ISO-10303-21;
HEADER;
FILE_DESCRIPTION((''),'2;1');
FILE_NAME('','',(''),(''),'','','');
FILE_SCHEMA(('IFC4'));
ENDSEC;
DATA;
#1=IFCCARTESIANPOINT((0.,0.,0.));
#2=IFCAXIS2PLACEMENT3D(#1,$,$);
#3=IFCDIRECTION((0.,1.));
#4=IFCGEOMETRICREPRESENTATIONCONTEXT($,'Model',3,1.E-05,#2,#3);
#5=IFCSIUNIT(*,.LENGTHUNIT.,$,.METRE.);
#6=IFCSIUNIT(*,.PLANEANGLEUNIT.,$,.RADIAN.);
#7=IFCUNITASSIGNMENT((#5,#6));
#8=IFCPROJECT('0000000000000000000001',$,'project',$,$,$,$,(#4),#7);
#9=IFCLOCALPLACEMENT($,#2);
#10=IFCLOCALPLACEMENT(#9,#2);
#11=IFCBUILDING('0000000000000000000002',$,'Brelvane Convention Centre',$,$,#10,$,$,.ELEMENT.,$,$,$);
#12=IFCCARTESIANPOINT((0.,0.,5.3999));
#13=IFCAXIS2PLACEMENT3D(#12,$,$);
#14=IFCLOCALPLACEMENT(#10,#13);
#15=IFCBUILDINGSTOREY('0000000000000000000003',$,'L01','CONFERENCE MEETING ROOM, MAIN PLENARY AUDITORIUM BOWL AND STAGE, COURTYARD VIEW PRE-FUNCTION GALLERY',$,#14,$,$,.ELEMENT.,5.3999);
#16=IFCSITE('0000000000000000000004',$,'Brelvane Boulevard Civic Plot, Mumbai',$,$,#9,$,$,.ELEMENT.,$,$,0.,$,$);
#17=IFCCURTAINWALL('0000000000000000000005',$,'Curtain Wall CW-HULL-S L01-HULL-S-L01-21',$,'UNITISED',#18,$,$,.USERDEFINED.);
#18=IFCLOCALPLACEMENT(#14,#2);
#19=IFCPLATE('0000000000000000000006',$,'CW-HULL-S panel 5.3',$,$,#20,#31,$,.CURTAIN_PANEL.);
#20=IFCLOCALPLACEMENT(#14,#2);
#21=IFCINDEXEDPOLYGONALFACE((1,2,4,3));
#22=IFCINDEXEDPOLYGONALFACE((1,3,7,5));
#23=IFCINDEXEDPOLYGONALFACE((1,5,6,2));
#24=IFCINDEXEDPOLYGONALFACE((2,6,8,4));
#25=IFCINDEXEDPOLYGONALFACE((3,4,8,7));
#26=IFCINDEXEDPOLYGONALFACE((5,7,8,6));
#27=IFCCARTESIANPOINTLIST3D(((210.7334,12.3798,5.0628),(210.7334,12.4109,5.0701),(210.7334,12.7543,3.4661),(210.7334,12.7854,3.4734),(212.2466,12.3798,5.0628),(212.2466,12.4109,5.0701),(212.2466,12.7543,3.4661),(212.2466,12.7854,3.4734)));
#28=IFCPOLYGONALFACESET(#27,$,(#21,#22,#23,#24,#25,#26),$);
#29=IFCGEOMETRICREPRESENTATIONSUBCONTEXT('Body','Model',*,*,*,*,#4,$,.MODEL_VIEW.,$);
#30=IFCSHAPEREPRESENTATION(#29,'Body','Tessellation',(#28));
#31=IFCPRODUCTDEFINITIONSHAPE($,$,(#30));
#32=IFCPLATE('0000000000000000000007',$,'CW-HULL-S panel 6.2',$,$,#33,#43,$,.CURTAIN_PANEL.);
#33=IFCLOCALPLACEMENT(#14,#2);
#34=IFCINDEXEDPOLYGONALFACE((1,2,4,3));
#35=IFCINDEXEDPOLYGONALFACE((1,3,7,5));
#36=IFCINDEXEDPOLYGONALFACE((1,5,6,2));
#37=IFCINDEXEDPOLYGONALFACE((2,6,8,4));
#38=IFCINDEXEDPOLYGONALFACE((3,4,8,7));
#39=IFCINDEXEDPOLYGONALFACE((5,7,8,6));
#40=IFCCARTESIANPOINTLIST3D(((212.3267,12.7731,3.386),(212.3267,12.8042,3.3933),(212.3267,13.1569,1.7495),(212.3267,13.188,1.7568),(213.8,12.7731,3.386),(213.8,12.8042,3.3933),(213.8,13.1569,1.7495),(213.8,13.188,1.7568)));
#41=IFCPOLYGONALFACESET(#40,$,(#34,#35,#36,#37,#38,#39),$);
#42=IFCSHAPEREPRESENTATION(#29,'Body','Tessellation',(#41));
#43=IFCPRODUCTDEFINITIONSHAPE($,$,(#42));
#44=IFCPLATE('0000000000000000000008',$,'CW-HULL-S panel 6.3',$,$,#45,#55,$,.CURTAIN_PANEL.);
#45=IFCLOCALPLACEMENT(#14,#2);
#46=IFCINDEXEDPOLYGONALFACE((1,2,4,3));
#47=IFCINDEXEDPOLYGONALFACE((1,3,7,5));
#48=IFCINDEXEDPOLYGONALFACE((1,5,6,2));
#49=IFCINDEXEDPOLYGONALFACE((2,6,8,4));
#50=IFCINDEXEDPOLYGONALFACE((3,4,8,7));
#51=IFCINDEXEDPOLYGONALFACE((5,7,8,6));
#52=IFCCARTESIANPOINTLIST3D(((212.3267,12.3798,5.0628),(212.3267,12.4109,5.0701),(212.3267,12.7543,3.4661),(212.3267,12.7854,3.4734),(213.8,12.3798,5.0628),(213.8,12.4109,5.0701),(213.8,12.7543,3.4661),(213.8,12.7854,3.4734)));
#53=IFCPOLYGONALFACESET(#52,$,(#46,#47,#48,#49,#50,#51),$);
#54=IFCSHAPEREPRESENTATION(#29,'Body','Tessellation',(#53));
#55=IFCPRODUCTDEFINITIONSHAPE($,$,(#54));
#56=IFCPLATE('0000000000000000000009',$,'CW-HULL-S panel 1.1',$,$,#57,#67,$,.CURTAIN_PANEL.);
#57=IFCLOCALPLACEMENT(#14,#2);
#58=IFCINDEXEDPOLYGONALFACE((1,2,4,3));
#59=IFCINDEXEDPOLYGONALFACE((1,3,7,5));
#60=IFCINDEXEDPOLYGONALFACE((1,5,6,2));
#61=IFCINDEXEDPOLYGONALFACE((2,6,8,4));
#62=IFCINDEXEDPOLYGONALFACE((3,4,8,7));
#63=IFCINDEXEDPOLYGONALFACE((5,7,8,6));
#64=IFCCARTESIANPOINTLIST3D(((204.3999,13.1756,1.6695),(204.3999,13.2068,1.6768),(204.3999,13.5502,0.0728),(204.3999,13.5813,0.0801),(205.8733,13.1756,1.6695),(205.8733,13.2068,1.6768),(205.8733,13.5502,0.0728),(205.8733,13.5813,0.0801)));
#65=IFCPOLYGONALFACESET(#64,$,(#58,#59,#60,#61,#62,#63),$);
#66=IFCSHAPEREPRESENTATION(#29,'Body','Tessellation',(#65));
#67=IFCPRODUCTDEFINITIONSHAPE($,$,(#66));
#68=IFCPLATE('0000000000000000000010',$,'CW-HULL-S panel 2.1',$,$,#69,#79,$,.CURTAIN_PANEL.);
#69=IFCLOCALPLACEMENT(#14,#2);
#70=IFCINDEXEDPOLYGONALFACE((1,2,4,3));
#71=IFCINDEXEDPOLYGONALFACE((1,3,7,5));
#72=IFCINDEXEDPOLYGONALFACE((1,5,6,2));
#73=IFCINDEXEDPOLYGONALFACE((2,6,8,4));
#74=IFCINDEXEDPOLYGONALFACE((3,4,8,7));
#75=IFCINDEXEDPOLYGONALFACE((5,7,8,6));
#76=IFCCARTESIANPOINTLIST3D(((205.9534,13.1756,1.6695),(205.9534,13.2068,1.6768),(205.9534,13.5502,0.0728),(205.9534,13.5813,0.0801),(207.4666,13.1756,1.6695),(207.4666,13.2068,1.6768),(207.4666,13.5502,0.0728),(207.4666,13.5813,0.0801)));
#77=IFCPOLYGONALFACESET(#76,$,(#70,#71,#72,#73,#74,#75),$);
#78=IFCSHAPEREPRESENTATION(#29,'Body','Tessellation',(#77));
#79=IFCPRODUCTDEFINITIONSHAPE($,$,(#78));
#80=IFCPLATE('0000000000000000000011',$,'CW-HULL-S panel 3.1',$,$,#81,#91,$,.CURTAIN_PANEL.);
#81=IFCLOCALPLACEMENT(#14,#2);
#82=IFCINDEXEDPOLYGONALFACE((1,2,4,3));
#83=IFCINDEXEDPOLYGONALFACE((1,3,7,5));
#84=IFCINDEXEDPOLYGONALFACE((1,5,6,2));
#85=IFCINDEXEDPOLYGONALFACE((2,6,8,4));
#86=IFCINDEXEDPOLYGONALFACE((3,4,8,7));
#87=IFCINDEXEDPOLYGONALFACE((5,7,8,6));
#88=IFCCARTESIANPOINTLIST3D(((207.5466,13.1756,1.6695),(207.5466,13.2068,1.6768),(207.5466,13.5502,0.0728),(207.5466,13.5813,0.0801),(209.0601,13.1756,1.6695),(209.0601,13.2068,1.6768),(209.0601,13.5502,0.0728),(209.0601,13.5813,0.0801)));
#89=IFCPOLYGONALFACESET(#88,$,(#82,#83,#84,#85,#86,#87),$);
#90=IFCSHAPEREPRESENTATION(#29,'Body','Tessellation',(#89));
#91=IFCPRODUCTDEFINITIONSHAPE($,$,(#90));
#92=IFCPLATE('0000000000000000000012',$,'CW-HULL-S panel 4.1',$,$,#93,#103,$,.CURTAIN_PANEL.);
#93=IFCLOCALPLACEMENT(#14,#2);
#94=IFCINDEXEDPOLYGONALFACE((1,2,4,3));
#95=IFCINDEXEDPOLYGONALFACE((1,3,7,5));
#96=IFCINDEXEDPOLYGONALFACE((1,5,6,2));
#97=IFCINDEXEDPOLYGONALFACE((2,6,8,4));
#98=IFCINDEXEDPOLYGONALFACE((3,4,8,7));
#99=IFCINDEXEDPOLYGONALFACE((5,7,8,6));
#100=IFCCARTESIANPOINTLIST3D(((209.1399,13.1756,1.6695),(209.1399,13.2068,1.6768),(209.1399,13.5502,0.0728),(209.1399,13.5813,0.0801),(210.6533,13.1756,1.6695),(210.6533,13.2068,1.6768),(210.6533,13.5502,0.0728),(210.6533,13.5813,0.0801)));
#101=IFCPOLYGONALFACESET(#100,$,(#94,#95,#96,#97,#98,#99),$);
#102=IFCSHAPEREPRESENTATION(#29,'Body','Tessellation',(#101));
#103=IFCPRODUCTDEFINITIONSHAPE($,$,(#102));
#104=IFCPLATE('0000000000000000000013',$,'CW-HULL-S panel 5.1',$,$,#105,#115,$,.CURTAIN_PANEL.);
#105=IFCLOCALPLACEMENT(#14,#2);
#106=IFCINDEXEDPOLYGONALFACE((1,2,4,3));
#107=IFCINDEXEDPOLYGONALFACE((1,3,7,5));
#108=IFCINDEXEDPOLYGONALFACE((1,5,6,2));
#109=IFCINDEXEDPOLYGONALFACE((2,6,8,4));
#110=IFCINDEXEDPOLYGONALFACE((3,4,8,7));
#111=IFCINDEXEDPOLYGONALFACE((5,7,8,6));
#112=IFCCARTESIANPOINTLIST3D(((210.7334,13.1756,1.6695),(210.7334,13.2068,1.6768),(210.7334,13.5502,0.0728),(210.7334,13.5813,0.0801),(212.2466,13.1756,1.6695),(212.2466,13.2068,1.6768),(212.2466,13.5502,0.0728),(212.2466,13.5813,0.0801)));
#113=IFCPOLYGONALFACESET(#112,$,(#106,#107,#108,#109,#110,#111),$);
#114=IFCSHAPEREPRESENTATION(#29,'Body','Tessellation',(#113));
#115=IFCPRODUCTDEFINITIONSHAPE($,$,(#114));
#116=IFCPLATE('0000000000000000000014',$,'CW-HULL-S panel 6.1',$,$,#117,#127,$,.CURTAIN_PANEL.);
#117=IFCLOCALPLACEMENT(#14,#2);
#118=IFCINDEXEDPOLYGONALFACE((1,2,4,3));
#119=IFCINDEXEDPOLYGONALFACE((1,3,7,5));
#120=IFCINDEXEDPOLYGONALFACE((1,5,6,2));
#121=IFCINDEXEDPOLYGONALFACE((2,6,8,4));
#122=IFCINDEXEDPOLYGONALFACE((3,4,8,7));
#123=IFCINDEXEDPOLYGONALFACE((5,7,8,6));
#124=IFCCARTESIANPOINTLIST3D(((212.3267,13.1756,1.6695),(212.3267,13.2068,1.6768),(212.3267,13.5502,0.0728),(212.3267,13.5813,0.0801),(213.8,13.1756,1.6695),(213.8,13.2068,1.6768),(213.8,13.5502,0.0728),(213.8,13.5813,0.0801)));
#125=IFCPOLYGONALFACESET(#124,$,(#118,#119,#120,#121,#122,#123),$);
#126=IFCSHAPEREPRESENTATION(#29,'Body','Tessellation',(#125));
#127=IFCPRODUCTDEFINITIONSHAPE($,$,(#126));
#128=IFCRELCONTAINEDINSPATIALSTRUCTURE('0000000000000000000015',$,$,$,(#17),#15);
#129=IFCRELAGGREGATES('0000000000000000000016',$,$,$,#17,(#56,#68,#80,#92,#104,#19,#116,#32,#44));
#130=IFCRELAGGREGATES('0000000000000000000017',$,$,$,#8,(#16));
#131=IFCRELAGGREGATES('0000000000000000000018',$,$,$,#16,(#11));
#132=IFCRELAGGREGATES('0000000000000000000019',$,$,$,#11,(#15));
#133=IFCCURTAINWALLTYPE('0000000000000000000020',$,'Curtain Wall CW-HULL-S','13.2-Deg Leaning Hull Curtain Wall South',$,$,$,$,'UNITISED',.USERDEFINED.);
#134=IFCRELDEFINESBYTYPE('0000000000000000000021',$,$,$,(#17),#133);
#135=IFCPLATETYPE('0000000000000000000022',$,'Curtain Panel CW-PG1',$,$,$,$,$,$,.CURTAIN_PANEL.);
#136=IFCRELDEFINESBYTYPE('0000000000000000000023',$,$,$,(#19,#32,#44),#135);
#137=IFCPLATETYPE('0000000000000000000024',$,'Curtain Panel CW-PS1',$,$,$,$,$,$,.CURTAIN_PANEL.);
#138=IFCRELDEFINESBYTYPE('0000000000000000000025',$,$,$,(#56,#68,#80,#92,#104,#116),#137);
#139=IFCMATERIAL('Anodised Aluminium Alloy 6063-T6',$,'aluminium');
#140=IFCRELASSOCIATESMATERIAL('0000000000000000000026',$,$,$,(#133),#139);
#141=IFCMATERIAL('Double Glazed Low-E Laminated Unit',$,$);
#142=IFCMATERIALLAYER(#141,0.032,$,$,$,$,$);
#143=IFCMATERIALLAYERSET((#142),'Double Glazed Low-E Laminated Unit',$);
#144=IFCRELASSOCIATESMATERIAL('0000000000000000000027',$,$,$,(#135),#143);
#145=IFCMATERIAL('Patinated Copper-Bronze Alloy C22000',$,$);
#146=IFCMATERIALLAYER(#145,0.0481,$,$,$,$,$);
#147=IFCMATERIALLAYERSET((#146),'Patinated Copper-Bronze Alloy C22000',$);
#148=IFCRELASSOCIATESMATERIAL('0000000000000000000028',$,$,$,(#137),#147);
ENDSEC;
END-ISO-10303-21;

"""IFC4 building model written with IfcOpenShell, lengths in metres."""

from ifc_helpers import new_model, si_unit, direction, frame, origin, place, context, subcontext, project, spatial, polyline, outline, extrude, material, layer, layer_set, type_object, element, aggregate, save


model = new_model("IFC4")

# Units and contexts
model_context = context("Model", 3, precision=1e-05, world=origin(), true_north=direction((0.0, 1.0)))
body_context = subcontext(model_context, "Body", "Model", "MODEL_VIEW")
ifc_project = project(units=[si_unit("LENGTHUNIT", "METRE"), si_unit("PLANEANGLEUNIT", "RADIAN")], contexts=[model_context])

# Site, building, storey
site_placement = place(None, origin())
site = spatial("IfcSite", under=ifc_project, at=site_placement, Name="Brelvane Boulevard Civic Plot, Mumbai", CompositionType="ELEMENT", RefElevation=0.0)
building_placement = place(site_placement, origin())
building = spatial("IfcBuilding", under=site, at=building_placement, Name="Brelvane Convention Centre", CompositionType="ELEMENT")
storey_placement = place(building_placement, frame((0.0, 0.0, 5.3999)))
storey = spatial("IfcBuildingStorey", under=building, at=storey_placement, Name="L01", Description="CONFERENCE MEETING ROOM, MAIN PLENARY AUDITORIUM BOWL AND STAGE, COURTYARD VIEW PRE-FUNCTION GALLERY", CompositionType="ELEMENT", Elevation=5.3999)

# Curtain wall, plates
ifc_material_1 = material(Name="Anodised Aluminium Alloy 6063-T6", Category="aluminium")
curtain_wall_type = type_object("IfcCurtainWallType", Name="Curtain Wall CW-HULL-S", Description="13.2-Deg Leaning Hull Curtain Wall South", ElementType="UNITISED", PredefinedType="USERDEFINED", material=ifc_material_1)
curtain_wall_placement = place(storey_placement, origin())
curtain_wall = element("IfcCurtainWall", 1, at=curtain_wall_placement, inside=storey, type_object=curtain_wall_type, Name="Curtain Wall CW-HULL-S L01-HULL-S-L01-21", ObjectType="UNITISED", PredefinedType="USERDEFINED")
ifc_material_2 = material(Name="Double Glazed Low-E Laminated Unit")
ifc_layer_1 = layer(ifc_material_2, 0.032)
ifc_layer_set_1 = layer_set([ifc_layer_1], Name="Double Glazed Low-E Laminated Unit")
plate_type_1 = type_object("IfcPlateType", Name="Curtain Panel CW-PG1", PredefinedType="CURTAIN_PANEL", material=ifc_layer_set_1)
plate_1_placement = place(storey_placement, frame((210.7334, 12.7854, 3.4734), z_axis=(0.0, 0.973577, 0.228359), x_axis=(1.0, 0.0, 0.0)))
plate_1 = element("IfcPlate", 2, at=plate_1_placement, type_object=plate_type_1, Name="CW-HULL-S panel 5.3", PredefinedType="CURTAIN_PANEL", context=body_context, shape_type="SweptSolid", body=[
    extrude(outline(polyline([(0.0, 0.0), (1.5132, 0.0), (1.5132, -1.64), (0.0, -1.64), (0.0, 0.0)])), origin(), (0.0, 0.0, -1.0), 0.032),
])
plate_2_placement = place(storey_placement, frame((212.3267, 13.188, 1.7568), z_axis=(0.0, 0.973585, 0.228327), x_axis=(1.0, 0.0, 0.0)))
plate_2 = element("IfcPlate", 3, at=plate_2_placement, type_object=plate_type_1, Name="CW-HULL-S panel 6.2", PredefinedType="CURTAIN_PANEL", context=body_context, shape_type="SweptSolid", body=[
    extrude(outline(polyline([(0.0, 0.0), (1.4734, 0.0), (1.4734, -1.6809), (0.0, -1.6809), (0.0, 0.0)])), origin(), (0.0, 0.0, -1.0), 0.032),
])
plate_3_placement = place(storey_placement, frame((212.3267, 12.7854, 3.4734), z_axis=(0.0, 0.973577, 0.228359), x_axis=(1.0, 0.0, 0.0)))
plate_3 = element("IfcPlate", 4, at=plate_3_placement, type_object=plate_type_1, Name="CW-HULL-S panel 6.3", PredefinedType="CURTAIN_PANEL", context=body_context, shape_type="SweptSolid", body=[
    extrude(outline(polyline([(0.0, 0.0), (1.4734, 0.0), (1.4734, -1.64), (0.0, -1.64), (0.0, 0.0)])), origin(), (0.0, 0.0, -1.0), 0.032),
])
ifc_material_3 = material(Name="Patinated Copper-Bronze Alloy C22000")
ifc_layer_2 = layer(ifc_material_3, 0.0481)
ifc_layer_set_2 = layer_set([ifc_layer_2], Name="Patinated Copper-Bronze Alloy C22000")
plate_type_2 = type_object("IfcPlateType", Name="Curtain Panel CW-PS1", PredefinedType="CURTAIN_PANEL", material=ifc_layer_set_2)
plate_4_placement = place(storey_placement, frame((204.3999, 13.5813, 0.0801), z_axis=(0.0, 0.973577, 0.228359), x_axis=(1.0, 0.0, 0.0)))
plate_4 = element("IfcPlate", 5, at=plate_4_placement, type_object=plate_type_2, Name="CW-HULL-S panel 1.1", PredefinedType="CURTAIN_PANEL", context=body_context, shape_type="SweptSolid", body=[
    extrude(outline(polyline([(0.0, 0.0), (1.4734, 0.0), (1.4734, -1.64), (0.0, -1.64), (0.0, 0.0)])), origin(), (0.0, 0.0, -1.0), 0.032),
])
plate_5_placement = place(storey_placement, frame((205.9534, 13.5813, 0.0801), z_axis=(0.0, 0.973577, 0.228359), x_axis=(1.0, 0.0, 0.0)))
plate_5 = element("IfcPlate", 6, at=plate_5_placement, type_object=plate_type_2, Name="CW-HULL-S panel 2.1", PredefinedType="CURTAIN_PANEL", context=body_context, shape_type="SweptSolid", body=[
    extrude(outline(polyline([(0.0, 0.0), (1.5132, 0.0), (1.5132, -1.64), (0.0, -1.64), (0.0, 0.0)])), origin(), (0.0, 0.0, -1.0), 0.032),
])
plate_6_placement = place(storey_placement, frame((207.5466, 13.5813, 0.0801), z_axis=(0.0, 0.973577, 0.228359), x_axis=(1.0, 0.0, 0.0)))
plate_6 = element("IfcPlate", 7, at=plate_6_placement, type_object=plate_type_2, Name="CW-HULL-S panel 3.1", PredefinedType="CURTAIN_PANEL", context=body_context, shape_type="SweptSolid", body=[
    extrude(outline(polyline([(0.0, 0.0), (1.5134, 0.0), (1.5134, -1.64), (0.0, -1.64), (0.0, 0.0)])), origin(), (0.0, 0.0, -1.0), 0.032),
])
plate_7_placement = place(storey_placement, frame((209.1399, 13.5813, 0.0801), z_axis=(0.0, 0.973577, 0.228359), x_axis=(1.0, 0.0, 0.0)))
plate_7 = element("IfcPlate", 8, at=plate_7_placement, type_object=plate_type_2, Name="CW-HULL-S panel 4.1", PredefinedType="CURTAIN_PANEL", context=body_context, shape_type="SweptSolid", body=[
    extrude(outline(polyline([(0.0, 0.0), (1.5134, 0.0), (1.5134, -1.64), (0.0, -1.64), (0.0, 0.0)])), origin(), (0.0, 0.0, -1.0), 0.032),
])
plate_8_placement = place(storey_placement, frame((210.7334, 13.5813, 0.0801), z_axis=(0.0, 0.973577, 0.228359), x_axis=(1.0, 0.0, 0.0)))
plate_8 = element("IfcPlate", 9, at=plate_8_placement, type_object=plate_type_2, Name="CW-HULL-S panel 5.1", PredefinedType="CURTAIN_PANEL", context=body_context, shape_type="SweptSolid", body=[
    extrude(outline(polyline([(0.0, 0.0), (1.5132, 0.0), (1.5132, -1.64), (0.0, -1.64), (0.0, 0.0)])), origin(), (0.0, 0.0, -1.0), 0.032),
])
plate_9_placement = place(storey_placement, frame((212.3267, 13.5813, 0.0801), z_axis=(0.0, 0.973577, 0.228359), x_axis=(1.0, 0.0, 0.0)))
plate_9 = element("IfcPlate", 10, at=plate_9_placement, type_object=plate_type_2, Name="CW-HULL-S panel 6.1", PredefinedType="CURTAIN_PANEL", context=body_context, shape_type="SweptSolid", body=[
    extrude(outline(polyline([(0.0, 0.0), (1.4734, 0.0), (1.4734, -1.64), (0.0, -1.64), (0.0, 0.0)])), origin(), (0.0, 0.0, -1.0), 0.032),
])
aggregate(curtain_wall, [plate_4, plate_5, plate_6, plate_7, plate_8, plate_1, plate_9, plate_2, plate_3])

save(model, "model.ifc")
